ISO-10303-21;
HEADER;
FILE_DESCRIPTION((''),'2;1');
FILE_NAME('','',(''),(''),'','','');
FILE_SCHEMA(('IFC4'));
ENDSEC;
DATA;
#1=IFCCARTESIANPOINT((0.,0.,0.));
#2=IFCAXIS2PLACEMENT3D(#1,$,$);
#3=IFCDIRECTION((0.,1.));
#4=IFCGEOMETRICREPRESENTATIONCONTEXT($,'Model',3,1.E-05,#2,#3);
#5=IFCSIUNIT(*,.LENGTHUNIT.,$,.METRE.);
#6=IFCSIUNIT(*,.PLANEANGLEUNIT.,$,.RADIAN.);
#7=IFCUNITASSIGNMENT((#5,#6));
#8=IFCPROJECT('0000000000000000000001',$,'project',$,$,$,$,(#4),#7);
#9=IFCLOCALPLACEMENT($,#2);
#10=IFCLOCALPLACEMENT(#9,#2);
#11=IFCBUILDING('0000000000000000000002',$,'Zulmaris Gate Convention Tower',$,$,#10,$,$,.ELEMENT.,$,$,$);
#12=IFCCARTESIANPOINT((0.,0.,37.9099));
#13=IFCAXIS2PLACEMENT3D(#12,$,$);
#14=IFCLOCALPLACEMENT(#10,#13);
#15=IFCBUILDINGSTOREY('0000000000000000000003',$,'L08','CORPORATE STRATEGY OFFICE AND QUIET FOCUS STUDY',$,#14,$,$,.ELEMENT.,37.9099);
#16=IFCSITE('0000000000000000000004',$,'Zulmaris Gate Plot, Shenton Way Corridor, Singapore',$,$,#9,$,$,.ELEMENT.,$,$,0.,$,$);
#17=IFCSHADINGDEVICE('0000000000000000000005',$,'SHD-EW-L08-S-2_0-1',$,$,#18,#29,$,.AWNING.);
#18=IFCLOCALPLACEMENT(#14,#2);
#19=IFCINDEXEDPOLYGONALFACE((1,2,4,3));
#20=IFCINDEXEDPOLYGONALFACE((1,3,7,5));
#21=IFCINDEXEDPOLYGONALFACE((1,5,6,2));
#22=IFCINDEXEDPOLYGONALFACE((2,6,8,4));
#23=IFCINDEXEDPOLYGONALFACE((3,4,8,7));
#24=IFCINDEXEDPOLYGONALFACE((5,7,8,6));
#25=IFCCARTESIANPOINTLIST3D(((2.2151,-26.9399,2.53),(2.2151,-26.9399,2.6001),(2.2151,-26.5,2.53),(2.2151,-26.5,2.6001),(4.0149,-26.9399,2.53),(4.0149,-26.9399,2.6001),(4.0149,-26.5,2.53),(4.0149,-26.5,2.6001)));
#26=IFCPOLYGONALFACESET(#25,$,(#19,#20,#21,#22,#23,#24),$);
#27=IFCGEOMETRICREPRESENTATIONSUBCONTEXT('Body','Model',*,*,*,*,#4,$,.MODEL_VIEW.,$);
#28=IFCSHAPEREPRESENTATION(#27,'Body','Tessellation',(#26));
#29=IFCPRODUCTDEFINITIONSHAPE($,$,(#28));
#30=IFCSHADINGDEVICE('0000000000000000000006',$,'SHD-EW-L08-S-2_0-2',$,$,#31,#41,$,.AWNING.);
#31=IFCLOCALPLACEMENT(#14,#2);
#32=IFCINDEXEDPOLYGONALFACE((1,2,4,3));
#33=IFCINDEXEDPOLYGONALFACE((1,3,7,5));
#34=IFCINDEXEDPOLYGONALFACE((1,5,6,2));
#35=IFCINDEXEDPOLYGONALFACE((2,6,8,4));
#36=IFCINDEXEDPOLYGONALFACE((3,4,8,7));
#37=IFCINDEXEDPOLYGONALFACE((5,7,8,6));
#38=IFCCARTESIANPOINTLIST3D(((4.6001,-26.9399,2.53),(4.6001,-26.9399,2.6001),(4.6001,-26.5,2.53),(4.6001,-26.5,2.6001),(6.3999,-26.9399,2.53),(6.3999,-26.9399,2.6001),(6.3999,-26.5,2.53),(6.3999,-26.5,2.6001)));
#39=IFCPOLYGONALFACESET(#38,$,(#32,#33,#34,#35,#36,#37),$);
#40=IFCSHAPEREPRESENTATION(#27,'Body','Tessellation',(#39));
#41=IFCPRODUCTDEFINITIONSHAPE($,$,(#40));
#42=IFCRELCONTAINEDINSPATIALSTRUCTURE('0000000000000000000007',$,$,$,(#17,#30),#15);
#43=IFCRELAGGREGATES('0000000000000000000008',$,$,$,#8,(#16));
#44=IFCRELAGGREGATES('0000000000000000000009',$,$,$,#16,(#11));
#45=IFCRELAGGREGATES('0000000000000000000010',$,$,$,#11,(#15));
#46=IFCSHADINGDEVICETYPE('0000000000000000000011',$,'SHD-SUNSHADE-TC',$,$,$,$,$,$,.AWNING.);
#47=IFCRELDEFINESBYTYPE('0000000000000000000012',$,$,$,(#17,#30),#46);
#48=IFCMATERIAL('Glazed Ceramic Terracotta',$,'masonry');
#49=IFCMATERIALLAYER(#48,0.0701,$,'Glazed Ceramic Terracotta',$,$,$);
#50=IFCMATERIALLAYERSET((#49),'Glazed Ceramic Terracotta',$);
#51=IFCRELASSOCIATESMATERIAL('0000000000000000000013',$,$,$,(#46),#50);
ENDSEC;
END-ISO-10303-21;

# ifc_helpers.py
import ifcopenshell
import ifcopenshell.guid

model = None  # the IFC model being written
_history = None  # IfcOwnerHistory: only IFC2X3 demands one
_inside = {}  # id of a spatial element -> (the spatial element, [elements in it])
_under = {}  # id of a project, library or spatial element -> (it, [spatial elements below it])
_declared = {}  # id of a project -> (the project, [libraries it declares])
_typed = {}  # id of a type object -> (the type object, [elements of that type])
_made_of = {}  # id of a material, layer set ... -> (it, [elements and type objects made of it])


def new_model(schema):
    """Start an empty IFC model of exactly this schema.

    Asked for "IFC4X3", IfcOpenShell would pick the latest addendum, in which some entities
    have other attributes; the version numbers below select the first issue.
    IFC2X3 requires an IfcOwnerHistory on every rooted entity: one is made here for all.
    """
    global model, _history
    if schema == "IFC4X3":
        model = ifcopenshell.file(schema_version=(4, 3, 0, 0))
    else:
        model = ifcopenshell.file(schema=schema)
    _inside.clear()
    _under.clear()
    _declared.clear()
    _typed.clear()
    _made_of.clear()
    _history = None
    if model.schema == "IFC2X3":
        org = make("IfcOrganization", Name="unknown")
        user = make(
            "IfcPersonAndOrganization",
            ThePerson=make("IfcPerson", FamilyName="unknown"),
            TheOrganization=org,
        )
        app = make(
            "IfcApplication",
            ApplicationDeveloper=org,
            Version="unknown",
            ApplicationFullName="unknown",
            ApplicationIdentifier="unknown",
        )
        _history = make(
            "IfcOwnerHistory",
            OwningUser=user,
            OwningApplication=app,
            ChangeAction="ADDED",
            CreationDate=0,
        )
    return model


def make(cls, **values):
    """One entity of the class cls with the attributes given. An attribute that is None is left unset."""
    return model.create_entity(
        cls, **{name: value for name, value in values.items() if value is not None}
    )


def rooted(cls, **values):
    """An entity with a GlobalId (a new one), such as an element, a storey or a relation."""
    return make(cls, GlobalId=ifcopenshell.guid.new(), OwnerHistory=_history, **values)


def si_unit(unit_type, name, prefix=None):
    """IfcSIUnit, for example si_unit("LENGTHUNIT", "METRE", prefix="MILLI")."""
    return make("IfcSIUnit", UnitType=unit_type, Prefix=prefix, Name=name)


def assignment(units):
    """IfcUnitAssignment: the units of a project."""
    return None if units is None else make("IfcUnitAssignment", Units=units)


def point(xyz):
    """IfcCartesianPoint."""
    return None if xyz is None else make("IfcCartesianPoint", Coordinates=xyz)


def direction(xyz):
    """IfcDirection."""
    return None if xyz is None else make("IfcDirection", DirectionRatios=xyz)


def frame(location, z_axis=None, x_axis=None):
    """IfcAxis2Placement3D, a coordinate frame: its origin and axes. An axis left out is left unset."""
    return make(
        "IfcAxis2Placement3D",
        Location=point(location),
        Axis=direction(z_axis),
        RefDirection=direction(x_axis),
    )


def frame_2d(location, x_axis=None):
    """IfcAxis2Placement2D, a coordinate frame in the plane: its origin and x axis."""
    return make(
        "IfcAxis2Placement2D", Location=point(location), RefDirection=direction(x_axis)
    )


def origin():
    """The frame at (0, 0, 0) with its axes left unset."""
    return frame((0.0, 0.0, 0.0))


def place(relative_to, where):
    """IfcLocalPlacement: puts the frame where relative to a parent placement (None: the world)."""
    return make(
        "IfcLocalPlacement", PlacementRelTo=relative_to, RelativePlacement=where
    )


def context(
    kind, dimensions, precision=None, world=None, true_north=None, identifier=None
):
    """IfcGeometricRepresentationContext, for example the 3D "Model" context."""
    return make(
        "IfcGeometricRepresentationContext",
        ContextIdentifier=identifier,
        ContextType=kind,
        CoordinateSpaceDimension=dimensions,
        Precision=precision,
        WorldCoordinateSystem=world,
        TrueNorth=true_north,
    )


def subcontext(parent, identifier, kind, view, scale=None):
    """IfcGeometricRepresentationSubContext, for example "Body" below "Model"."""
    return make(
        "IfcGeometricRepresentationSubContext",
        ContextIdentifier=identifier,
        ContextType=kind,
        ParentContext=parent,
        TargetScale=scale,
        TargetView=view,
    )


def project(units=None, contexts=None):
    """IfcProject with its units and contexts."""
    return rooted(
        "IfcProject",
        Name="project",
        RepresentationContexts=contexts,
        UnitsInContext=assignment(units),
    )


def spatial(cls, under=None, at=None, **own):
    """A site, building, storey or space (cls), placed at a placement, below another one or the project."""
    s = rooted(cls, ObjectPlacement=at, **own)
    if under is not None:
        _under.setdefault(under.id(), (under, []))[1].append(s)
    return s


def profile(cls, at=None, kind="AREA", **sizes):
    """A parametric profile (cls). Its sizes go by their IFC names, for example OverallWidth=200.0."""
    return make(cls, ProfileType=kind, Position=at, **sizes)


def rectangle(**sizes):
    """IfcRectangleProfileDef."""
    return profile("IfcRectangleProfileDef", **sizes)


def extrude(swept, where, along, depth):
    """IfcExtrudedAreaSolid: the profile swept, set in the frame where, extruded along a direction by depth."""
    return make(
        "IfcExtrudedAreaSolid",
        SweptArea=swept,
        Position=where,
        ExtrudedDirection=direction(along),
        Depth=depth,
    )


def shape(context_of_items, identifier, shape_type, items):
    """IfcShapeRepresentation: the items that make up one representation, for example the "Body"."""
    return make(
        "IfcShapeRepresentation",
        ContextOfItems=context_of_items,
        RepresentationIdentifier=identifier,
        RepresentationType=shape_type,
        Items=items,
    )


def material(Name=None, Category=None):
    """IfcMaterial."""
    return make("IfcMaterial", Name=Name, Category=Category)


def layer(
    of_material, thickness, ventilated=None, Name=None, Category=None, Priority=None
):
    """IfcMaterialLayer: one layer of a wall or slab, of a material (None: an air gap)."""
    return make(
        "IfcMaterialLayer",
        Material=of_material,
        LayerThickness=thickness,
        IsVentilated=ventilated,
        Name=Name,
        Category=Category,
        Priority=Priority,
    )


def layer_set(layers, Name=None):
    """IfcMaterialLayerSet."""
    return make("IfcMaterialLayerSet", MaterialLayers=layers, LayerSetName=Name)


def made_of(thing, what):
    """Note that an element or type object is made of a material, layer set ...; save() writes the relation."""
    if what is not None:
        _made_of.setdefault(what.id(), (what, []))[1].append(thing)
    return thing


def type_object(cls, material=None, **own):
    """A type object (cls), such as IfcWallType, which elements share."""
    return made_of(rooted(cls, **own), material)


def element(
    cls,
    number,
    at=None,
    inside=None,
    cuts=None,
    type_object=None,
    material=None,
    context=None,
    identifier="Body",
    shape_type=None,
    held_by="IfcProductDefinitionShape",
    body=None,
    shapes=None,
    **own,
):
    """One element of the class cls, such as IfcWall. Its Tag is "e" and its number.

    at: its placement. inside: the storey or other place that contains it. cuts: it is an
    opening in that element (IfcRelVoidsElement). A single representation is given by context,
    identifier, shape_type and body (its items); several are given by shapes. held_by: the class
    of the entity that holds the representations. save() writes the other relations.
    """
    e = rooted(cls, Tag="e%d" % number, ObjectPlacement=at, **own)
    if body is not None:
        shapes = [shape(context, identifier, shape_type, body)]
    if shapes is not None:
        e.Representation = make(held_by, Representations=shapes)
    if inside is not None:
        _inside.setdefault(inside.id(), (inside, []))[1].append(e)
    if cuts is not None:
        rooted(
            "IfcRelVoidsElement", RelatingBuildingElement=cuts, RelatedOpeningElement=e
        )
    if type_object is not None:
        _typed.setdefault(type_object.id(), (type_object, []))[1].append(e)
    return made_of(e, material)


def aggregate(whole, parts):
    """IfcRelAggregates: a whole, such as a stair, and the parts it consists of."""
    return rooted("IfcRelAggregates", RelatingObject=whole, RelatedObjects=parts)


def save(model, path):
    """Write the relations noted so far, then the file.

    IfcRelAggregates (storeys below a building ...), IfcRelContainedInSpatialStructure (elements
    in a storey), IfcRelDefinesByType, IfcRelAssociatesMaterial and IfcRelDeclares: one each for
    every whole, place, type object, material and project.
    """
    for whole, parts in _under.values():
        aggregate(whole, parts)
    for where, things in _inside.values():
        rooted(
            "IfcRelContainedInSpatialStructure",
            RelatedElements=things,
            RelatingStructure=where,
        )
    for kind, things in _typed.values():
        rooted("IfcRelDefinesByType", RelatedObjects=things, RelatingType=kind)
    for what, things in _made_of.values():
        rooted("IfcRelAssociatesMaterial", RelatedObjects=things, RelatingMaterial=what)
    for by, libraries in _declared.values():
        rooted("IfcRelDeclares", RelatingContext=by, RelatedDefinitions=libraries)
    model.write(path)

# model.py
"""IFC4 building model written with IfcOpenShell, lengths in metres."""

from ifc_helpers import new_model, si_unit, direction, frame, frame_2d, origin, place, context, subcontext, project, spatial, rectangle, extrude, material, layer, layer_set, type_object, element, save


model = new_model("IFC4")

# Units and contexts
model_context = context("Model", 3, precision=1e-05, world=origin(), true_north=direction((0.0, 1.0)))
body_context = subcontext(model_context, "Body", "Model", "MODEL_VIEW")
ifc_project = project(units=[si_unit("LENGTHUNIT", "METRE"), si_unit("PLANEANGLEUNIT", "RADIAN")], contexts=[model_context])

# Site, building, storey
site_placement = place(None, origin())
site = spatial("IfcSite", under=ifc_project, at=site_placement, Name="Zulmaris Gate Plot, Shenton Way Corridor, Singapore", CompositionType="ELEMENT", RefElevation=0.0)
building_placement = place(site_placement, origin())
building = spatial("IfcBuilding", under=site, at=building_placement, Name="Zulmaris Gate Convention Tower", CompositionType="ELEMENT")
storey_placement = place(building_placement, frame((0.0, 0.0, 37.9099)))
storey = spatial("IfcBuildingStorey", under=building, at=storey_placement, Name="L08", Description="CORPORATE STRATEGY OFFICE AND QUIET FOCUS STUDY", CompositionType="ELEMENT", Elevation=37.9099)

# Shading devices
ifc_material_1 = material(Name="Glazed Ceramic Terracotta", Category="masonry")
ifc_layer_1 = layer(ifc_material_1, 0.0701, Name="Glazed Ceramic Terracotta")
ifc_layer_set_1 = layer_set([ifc_layer_1], Name="Glazed Ceramic Terracotta")
shading_device_type = type_object("IfcShadingDeviceType", Name="SHD-SUNSHADE-TC", PredefinedType="AWNING", material=ifc_layer_set_1)
for number, where, z_axis, x_axis, name in (
    (1, (2.2151, -26.72, 2.53), (0.0, 0.0, 1.0), (1.0, 0.0, 0.0), "SHD-EW-L08-S-2_0-1"),
    (2, (4.6001, -26.72, 2.53), (0.0, 0.0, 1.0), (1.0, 0.0, 0.0), "SHD-EW-L08-S-2_0-2"),
):
    element("IfcShadingDevice", number, at=place(storey_placement, frame(where, z_axis=z_axis, x_axis=x_axis)), inside=storey, type_object=shading_device_type, Name=name, PredefinedType="AWNING", context=body_context, shape_type="SweptSolid", body=[
        extrude(rectangle(XDim=1.7998, YDim=0.4399, at=frame_2d((0.8999, 0.0))), origin(), (0.0, 0.0, 1.0), 0.0701),
    ])

save(model, "model.ifc")
